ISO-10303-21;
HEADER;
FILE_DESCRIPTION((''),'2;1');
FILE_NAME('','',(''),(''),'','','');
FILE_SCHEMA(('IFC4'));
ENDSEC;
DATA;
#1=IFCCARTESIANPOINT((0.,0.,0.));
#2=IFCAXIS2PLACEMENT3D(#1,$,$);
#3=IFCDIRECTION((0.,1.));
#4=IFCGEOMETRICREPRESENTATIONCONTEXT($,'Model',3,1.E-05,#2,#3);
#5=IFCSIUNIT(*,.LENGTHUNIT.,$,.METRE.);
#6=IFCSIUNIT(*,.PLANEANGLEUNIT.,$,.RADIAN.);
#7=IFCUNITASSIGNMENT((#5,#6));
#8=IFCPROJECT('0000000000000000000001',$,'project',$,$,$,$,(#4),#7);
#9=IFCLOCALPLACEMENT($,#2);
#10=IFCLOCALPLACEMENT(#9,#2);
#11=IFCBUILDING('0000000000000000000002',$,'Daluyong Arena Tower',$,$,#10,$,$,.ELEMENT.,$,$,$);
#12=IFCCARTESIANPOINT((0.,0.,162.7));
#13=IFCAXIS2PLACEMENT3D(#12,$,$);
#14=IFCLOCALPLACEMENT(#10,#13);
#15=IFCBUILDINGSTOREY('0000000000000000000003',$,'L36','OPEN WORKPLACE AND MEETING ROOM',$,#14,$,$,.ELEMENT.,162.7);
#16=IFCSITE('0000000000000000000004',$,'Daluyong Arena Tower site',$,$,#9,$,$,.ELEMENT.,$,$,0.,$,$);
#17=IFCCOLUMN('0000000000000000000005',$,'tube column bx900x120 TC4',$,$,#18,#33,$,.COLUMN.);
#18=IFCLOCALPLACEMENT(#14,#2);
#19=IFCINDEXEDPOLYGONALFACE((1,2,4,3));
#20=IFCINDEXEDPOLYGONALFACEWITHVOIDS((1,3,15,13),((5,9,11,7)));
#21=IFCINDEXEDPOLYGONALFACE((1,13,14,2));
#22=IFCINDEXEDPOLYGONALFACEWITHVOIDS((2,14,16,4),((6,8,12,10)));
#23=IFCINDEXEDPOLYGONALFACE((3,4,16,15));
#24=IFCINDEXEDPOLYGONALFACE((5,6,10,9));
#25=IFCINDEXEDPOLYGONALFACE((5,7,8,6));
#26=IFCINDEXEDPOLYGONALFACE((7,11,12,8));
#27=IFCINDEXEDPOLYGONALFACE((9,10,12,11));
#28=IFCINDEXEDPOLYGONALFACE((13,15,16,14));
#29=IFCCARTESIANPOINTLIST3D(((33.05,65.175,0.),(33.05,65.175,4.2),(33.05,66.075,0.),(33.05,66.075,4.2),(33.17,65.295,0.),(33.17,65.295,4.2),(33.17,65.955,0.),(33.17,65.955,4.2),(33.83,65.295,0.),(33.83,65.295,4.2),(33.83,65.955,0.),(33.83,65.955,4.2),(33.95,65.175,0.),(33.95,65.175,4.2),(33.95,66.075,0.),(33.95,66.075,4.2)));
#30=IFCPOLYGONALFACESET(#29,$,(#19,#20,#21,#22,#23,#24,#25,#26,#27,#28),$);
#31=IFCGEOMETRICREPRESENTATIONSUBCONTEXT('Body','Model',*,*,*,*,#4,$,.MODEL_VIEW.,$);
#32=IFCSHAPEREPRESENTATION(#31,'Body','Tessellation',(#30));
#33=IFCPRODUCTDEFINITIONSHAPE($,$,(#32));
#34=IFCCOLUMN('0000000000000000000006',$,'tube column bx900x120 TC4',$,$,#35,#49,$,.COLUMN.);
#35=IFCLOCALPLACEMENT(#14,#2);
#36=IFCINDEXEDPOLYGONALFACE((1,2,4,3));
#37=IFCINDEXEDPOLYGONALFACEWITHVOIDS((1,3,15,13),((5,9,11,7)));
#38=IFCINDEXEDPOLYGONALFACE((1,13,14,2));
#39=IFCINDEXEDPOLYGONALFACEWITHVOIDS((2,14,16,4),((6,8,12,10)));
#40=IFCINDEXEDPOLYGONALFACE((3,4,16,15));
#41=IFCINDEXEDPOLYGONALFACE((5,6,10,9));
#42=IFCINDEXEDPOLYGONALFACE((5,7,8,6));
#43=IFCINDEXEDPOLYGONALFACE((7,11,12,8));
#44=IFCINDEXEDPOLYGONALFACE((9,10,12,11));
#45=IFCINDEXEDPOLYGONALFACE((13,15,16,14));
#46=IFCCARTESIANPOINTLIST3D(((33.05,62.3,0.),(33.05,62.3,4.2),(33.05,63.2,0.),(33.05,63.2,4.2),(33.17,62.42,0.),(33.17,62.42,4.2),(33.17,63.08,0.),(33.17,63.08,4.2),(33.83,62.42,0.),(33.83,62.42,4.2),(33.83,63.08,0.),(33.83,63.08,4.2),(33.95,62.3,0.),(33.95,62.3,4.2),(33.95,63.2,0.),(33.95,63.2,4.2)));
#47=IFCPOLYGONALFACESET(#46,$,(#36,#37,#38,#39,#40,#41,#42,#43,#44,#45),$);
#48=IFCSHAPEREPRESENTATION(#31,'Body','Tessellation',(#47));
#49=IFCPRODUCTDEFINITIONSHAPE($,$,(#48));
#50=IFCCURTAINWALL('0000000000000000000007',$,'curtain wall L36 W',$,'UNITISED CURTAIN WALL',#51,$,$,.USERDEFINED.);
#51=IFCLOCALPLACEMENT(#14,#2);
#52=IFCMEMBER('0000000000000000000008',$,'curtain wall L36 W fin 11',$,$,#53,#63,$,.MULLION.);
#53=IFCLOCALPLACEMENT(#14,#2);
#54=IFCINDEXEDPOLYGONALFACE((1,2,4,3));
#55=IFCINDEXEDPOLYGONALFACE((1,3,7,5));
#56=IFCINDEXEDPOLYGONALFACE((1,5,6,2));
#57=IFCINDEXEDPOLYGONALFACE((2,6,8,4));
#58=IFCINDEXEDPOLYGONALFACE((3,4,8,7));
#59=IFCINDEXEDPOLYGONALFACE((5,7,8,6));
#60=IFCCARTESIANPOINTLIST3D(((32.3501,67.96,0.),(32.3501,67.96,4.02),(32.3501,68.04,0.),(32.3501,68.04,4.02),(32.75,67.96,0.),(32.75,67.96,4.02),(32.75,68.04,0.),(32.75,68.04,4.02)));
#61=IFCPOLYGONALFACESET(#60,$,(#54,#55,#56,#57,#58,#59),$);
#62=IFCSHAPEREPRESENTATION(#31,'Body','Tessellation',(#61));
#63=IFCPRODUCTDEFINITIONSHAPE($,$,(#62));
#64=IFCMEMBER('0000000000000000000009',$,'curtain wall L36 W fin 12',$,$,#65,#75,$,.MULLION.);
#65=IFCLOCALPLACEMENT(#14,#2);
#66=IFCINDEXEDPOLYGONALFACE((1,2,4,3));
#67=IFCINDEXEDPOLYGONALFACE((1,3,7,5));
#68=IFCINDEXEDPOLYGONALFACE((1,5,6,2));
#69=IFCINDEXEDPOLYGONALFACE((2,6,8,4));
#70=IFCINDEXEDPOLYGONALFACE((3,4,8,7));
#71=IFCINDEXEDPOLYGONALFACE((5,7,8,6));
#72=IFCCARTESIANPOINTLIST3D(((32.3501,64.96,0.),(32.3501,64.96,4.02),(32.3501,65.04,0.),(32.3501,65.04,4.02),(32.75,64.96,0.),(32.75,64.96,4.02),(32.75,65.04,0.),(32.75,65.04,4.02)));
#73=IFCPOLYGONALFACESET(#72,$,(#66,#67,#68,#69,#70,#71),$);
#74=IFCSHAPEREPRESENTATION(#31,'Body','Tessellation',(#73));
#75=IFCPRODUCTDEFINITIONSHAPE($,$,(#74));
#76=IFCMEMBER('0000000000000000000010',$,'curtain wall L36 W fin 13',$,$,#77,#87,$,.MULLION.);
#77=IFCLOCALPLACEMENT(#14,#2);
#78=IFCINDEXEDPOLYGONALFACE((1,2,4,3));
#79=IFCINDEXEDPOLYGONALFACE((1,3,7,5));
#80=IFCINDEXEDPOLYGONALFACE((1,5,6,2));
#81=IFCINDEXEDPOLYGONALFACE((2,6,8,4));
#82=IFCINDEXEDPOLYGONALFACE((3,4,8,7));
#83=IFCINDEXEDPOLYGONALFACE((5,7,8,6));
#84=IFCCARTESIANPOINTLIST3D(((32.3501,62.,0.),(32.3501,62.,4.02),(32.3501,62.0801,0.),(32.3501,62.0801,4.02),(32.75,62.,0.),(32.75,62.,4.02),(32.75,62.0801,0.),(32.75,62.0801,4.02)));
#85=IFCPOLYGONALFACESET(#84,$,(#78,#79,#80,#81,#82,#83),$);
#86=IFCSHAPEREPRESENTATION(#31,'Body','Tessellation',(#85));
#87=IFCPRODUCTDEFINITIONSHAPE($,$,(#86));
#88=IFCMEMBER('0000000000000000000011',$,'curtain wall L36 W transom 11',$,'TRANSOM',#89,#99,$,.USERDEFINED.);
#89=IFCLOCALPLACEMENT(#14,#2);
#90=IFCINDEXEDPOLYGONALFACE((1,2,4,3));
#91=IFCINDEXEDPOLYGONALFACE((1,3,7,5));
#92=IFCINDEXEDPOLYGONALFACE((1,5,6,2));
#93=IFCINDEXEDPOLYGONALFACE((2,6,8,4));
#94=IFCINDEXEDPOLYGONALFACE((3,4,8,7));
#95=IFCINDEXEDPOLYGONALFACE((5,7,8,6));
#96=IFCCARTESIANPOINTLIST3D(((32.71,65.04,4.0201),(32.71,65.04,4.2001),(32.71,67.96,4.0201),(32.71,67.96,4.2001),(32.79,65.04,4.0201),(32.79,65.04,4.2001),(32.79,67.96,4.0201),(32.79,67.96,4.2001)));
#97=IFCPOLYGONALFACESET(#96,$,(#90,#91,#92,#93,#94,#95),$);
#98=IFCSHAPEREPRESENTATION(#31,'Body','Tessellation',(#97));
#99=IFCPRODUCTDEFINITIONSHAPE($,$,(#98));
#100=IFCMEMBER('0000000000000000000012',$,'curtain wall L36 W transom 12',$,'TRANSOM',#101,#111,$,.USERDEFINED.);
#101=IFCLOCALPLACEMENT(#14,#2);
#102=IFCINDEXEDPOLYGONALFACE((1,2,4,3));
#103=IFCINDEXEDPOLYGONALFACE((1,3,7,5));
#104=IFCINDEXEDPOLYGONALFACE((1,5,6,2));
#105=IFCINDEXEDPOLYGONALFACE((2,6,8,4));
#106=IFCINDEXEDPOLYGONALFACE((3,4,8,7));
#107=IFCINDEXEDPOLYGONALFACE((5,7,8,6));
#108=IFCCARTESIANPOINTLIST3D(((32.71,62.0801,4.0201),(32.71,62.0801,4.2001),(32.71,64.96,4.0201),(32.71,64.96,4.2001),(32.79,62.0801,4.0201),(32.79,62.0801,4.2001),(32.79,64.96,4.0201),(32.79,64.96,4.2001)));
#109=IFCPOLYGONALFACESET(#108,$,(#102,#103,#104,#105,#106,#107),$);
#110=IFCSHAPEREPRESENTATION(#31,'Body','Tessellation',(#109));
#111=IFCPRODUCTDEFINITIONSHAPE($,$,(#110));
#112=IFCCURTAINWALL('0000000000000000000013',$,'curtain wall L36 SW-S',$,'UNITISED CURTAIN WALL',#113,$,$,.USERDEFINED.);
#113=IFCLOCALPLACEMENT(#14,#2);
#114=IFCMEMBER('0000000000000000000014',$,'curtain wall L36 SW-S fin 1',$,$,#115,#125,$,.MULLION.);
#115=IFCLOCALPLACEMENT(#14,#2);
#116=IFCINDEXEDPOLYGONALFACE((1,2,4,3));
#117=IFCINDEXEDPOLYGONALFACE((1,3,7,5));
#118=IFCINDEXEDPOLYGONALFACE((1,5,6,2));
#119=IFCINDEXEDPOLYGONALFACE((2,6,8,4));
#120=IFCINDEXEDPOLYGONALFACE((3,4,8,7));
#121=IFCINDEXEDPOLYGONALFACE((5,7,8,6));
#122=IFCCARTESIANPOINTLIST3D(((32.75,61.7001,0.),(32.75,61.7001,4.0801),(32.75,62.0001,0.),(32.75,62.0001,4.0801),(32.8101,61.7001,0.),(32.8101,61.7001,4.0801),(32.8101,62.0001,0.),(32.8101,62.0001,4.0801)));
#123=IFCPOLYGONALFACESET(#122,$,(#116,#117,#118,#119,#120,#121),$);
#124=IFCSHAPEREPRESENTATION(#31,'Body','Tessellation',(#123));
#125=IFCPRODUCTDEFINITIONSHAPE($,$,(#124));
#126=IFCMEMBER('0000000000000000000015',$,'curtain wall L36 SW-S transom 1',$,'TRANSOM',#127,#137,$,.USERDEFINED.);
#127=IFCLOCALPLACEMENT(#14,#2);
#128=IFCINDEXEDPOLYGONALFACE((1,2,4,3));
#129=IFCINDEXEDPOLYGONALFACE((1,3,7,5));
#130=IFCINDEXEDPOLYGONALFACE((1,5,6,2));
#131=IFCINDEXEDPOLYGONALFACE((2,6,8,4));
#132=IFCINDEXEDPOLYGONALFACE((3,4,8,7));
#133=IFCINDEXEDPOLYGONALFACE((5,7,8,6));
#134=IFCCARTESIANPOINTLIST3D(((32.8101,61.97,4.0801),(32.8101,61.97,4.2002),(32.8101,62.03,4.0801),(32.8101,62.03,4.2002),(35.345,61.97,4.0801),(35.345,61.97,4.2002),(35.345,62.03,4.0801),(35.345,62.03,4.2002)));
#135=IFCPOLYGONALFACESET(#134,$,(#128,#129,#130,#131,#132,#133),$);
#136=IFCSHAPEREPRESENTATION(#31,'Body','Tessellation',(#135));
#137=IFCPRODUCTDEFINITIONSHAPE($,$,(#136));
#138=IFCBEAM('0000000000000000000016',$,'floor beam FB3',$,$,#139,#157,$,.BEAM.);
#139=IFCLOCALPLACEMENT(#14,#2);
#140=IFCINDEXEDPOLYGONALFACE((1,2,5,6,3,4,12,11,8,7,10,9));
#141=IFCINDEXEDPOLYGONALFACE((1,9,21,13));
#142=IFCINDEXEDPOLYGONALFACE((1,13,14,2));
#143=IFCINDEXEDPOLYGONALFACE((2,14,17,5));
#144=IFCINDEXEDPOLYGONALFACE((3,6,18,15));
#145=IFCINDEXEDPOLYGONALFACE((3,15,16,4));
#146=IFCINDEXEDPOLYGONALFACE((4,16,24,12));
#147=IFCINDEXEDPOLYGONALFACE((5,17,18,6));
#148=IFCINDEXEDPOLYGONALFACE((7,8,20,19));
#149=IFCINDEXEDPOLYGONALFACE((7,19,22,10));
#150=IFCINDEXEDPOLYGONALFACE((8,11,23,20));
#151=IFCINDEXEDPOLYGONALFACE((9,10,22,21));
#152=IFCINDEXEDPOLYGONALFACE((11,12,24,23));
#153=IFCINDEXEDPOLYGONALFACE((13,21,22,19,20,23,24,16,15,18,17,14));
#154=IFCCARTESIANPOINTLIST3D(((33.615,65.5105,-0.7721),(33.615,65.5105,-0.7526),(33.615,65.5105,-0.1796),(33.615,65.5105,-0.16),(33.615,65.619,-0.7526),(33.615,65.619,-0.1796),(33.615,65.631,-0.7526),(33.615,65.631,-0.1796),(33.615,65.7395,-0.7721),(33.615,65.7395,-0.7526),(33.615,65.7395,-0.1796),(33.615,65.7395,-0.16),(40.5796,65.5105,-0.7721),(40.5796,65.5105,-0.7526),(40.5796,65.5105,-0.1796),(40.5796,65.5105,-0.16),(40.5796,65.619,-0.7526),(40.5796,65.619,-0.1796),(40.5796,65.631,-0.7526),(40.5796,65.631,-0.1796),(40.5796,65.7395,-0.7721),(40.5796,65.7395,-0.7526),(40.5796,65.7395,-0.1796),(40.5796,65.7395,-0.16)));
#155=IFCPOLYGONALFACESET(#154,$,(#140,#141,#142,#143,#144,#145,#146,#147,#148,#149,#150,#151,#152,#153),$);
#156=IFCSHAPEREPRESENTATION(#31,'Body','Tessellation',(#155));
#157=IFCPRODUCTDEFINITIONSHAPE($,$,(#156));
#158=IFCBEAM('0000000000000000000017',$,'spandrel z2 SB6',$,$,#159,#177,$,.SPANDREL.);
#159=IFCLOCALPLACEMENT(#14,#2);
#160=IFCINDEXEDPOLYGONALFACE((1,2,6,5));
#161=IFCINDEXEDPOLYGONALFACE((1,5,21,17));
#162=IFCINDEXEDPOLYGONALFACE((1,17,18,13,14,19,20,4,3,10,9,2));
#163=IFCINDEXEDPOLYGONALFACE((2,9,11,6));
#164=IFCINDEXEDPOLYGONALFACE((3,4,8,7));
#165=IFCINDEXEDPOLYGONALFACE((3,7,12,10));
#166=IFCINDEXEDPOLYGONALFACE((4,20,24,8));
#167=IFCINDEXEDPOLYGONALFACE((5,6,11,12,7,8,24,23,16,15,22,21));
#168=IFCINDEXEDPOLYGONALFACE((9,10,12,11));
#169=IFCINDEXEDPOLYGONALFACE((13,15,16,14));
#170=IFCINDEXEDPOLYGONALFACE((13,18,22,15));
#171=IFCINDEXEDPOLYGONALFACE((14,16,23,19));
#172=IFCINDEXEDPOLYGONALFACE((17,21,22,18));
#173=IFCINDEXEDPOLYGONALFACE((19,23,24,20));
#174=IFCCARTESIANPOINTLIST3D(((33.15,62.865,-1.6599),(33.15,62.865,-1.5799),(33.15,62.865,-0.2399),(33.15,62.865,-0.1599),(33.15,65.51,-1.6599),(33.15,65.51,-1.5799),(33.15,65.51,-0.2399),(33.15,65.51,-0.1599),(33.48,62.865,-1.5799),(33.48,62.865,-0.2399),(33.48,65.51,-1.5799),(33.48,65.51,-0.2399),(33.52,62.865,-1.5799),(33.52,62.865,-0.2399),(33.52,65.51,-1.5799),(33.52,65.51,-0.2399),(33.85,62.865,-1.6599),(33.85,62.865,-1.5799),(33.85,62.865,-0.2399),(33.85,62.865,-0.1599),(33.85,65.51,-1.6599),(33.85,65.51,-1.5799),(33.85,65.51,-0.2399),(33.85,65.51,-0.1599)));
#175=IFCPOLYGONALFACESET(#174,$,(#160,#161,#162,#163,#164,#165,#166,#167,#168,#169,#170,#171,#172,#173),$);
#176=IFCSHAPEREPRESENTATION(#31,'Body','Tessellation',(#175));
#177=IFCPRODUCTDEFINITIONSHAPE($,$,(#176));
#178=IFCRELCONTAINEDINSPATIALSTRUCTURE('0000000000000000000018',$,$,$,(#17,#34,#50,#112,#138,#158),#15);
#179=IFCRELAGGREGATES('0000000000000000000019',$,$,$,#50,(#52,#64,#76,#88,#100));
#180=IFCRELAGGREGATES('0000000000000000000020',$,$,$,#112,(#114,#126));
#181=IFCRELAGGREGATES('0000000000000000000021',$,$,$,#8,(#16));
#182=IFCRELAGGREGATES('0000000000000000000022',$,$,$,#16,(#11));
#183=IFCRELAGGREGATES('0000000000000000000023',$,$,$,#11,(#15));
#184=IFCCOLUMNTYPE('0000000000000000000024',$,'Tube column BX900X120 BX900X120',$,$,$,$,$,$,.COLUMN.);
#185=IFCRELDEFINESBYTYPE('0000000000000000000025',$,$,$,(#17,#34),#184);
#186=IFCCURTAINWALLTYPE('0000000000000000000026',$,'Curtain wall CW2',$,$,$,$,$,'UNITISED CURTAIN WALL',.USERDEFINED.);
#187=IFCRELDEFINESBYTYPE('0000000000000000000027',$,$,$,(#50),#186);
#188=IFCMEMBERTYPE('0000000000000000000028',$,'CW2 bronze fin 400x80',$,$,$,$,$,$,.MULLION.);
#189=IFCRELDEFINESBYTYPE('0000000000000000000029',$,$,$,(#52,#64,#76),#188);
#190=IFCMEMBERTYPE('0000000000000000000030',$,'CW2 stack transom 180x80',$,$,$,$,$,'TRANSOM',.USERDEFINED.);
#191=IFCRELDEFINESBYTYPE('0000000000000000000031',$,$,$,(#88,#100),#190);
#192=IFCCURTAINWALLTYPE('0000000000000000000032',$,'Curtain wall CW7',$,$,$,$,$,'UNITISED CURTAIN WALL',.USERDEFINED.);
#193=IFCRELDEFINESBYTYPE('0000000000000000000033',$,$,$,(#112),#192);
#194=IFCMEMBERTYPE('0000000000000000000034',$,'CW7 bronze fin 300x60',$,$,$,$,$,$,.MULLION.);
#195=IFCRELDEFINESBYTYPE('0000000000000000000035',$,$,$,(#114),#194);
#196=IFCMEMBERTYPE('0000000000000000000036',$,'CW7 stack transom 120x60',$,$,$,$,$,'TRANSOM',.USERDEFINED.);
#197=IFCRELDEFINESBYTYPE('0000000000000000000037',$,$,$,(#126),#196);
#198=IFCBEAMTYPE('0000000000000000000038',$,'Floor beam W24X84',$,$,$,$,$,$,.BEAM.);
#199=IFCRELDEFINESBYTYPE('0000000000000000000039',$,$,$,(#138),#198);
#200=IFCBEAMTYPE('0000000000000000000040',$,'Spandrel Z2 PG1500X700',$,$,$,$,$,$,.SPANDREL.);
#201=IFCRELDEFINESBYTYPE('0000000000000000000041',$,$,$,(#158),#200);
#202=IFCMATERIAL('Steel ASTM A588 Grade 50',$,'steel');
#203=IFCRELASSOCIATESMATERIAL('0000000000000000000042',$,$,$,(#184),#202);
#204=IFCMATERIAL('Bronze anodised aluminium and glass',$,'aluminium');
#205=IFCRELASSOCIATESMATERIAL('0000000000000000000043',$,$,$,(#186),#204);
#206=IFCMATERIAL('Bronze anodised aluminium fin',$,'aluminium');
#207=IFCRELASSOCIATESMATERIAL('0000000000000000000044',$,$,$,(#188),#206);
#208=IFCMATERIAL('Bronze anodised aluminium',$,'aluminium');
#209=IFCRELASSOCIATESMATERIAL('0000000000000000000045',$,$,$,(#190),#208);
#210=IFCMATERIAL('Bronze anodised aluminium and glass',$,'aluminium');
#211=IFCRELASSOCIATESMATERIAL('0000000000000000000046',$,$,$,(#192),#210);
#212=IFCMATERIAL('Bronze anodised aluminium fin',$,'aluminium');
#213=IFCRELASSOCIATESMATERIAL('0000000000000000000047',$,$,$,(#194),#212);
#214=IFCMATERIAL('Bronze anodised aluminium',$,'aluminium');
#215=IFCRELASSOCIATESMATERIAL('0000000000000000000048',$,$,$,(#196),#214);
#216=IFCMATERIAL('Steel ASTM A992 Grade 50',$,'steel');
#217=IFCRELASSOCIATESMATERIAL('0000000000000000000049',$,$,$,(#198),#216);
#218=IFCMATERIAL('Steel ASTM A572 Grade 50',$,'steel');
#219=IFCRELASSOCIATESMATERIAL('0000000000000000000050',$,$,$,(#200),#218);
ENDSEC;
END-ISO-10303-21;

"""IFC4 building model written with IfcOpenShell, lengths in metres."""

from ifc_helpers import new_model, si_unit, direction, frame, origin, origin_2d, place, context, subcontext, project, spatial, rectangle, hollow_rectangle, i_section, extrude, material, material_profile, profile_set, type_object, element, aggregate, save


model = new_model("IFC4")

# Units and contexts
model_context = context("Model", 3, precision=1e-05, world=origin(), true_north=direction((0.0, 1.0)))
body_context = subcontext(model_context, "Body", "Model", "MODEL_VIEW")
ifc_project = project(units=[si_unit("LENGTHUNIT", "METRE"), si_unit("PLANEANGLEUNIT", "RADIAN")], contexts=[model_context])

# Site, building, storey
site_placement = place(None, origin())
site = spatial("IfcSite", under=ifc_project, at=site_placement, Name="Daluyong Arena Tower site", CompositionType="ELEMENT", RefElevation=0.0)
building_placement = place(site_placement, origin())
building = spatial("IfcBuilding", under=site, at=building_placement, Name="Daluyong Arena Tower", CompositionType="ELEMENT")
storey_placement = place(building_placement, frame((0.0, 0.0, 162.7)))
storey = spatial("IfcBuildingStorey", under=building, at=storey_placement, Name="L36", Description="OPEN WORKPLACE AND MEETING ROOM", CompositionType="ELEMENT", Elevation=162.7)

# Columns
ifc_material_1 = material(Name="Steel ASTM A588 Grade 50", Category="steel")
ifc_material_profile_1 = material_profile(ifc_material_1, hollow_rectangle(XDim=0.8999, YDim=0.8999, WallThickness=0.12, at=origin_2d()))
ifc_profile_set_1 = profile_set([ifc_material_profile_1], Name="Steel ASTM A588 Grade 50")
column_type = type_object("IfcColumnType", Name="Tube column BX900X120 BX900X120", PredefinedType="COLUMN", material=ifc_profile_set_1)
for number, where, z_axis, x_axis, name in (
    (1, (33.5, 65.625, 0.0), (0.0, 0.0, 1.0), (0.0, 1.0, 0.0), "tube column bx900x120 TC4"),
    (2, (33.5, 62.75, 0.0), (0.0, 0.0, 1.0), (1.0, 0.0, 0.0), "tube column bx900x120 TC4"),
):
    element("IfcColumn", number, at=place(storey_placement, frame(where, z_axis=z_axis, x_axis=x_axis)), inside=storey, type_object=column_type, Name=name, PredefinedType="COLUMN", context=body_context, shape_type="SweptSolid", body=[
        extrude(hollow_rectangle(XDim=0.8999, YDim=0.8999, WallThickness=0.12, at=origin_2d()), origin(), (0.0, 0.0, 1.0), 4.2),
    ])

# Curtain walls, members
ifc_material_2 = material(Name="Bronze anodised aluminium and glass", Category="aluminium")
curtain_wall_type_1 = type_object("IfcCurtainWallType", Name="Curtain wall CW2", ElementType="UNITISED CURTAIN WALL", PredefinedType="USERDEFINED", material=ifc_material_2)
curtain_wall_1_placement = place(storey_placement, origin())
curtain_wall_1 = element("IfcCurtainWall", 3, at=curtain_wall_1_placement, inside=storey, type_object=curtain_wall_type_1, Name="curtain wall L36 W", ObjectType="UNITISED CURTAIN WALL", PredefinedType="USERDEFINED")
ifc_material_3 = material(Name="Bronze anodised aluminium fin", Category="aluminium")
ifc_material_profile_2 = material_profile(ifc_material_3, rectangle(XDim=0.3999, YDim=0.0801, at=origin_2d()))
ifc_profile_set_2 = profile_set([ifc_material_profile_2], Name="Bronze anodised aluminium fin")
member_type_1 = type_object("IfcMemberType", Name="CW2 bronze fin 400x80", PredefinedType="MULLION", material=ifc_profile_set_2)
member_1_placement = place(storey_placement, frame((32.55, 68.0, 0.0), z_axis=(0.0, 0.0, 1.0), x_axis=(1.0, 0.0, 0.0)))
member_1 = element("IfcMember", 4, at=member_1_placement, type_object=member_type_1, Name="curtain wall L36 W fin 11", PredefinedType="MULLION", context=body_context, shape_type="SweptSolid", body=[
    extrude(rectangle(XDim=0.3999, YDim=0.0801, at=origin_2d()), origin(), (0.0, 0.0, 1.0), 4.02),
])
member_2_placement = place(storey_placement, frame((32.55, 65.0, 0.0), z_axis=(0.0, 0.0, 1.0), x_axis=(1.0, 0.0, 0.0)))
member_2 = element("IfcMember", 5, at=member_2_placement, type_object=member_type_1, Name="curtain wall L36 W fin 12", PredefinedType="MULLION", context=body_context, shape_type="SweptSolid", body=[
    extrude(rectangle(XDim=0.3999, YDim=0.0801, at=origin_2d()), origin(), (0.0, 0.0, 1.0), 4.02),
])
member_3_placement = place(storey_placement, frame((32.55, 62.04, 0.0), z_axis=(0.0, 0.0, 1.0), x_axis=(1.0, 0.0, 0.0)))
member_3 = element("IfcMember", 6, at=member_3_placement, type_object=member_type_1, Name="curtain wall L36 W fin 13", PredefinedType="MULLION", context=body_context, shape_type="SweptSolid", body=[
    extrude(rectangle(XDim=0.3999, YDim=0.0801, at=origin_2d()), origin(), (0.0, 0.0, 1.0), 4.02),
])
ifc_material_4 = material(Name="Bronze anodised aluminium", Category="aluminium")
ifc_material_profile_3 = material_profile(ifc_material_4, rectangle(XDim=0.0801, YDim=0.1799, at=origin_2d()))
ifc_profile_set_3 = profile_set([ifc_material_profile_3], Name="Bronze anodised aluminium")
member_type_2 = type_object("IfcMemberType", Name="CW2 stack transom 180x80", ElementType="TRANSOM", PredefinedType="USERDEFINED", material=ifc_profile_set_3)
member_4_placement = place(storey_placement, frame((32.75, 67.96, 4.1101), z_axis=(0.0, -1.0, 0.0), x_axis=(1.0, 0.0, 0.0)))
member_4 = element("IfcMember", 7, at=member_4_placement, type_object=member_type_2, Name="curtain wall L36 W transom 11", ObjectType="TRANSOM", PredefinedType="USERDEFINED", context=body_context, shape_type="SweptSolid", body=[
    extrude(rectangle(XDim=0.0801, YDim=0.1799, at=origin_2d()), origin(), (0.0, 0.0, 1.0), 2.9199),
])
member_5_placement = place(storey_placement, frame((32.75, 64.96, 4.1101), z_axis=(0.0, -1.0, 0.0), x_axis=(1.0, 0.0, 0.0)))
member_5 = element("IfcMember", 8, at=member_5_placement, type_object=member_type_2, Name="curtain wall L36 W transom 12", ObjectType="TRANSOM", PredefinedType="USERDEFINED", context=body_context, shape_type="SweptSolid", body=[
    extrude(rectangle(XDim=0.0801, YDim=0.1799, at=origin_2d()), origin(), (0.0, 0.0, 1.0), 2.8799),
])
ifc_material_5 = material(Name="Bronze anodised aluminium and glass", Category="aluminium")
curtain_wall_type_2 = type_object("IfcCurtainWallType", Name="Curtain wall CW7", ElementType="UNITISED CURTAIN WALL", PredefinedType="USERDEFINED", material=ifc_material_5)
curtain_wall_2_placement = place(storey_placement, origin())
curtain_wall_2 = element("IfcCurtainWall", 9, at=curtain_wall_2_placement, inside=storey, type_object=curtain_wall_type_2, Name="curtain wall L36 SW-S", ObjectType="UNITISED CURTAIN WALL", PredefinedType="USERDEFINED")
ifc_material_6 = material(Name="Bronze anodised aluminium fin", Category="aluminium")
ifc_material_profile_4 = material_profile(ifc_material_6, rectangle(XDim=0.3, YDim=0.0601, at=origin_2d()))
ifc_profile_set_4 = profile_set([ifc_material_profile_4], Name="Bronze anodised aluminium fin")
member_type_3 = type_object("IfcMemberType", Name="CW7 bronze fin 300x60", PredefinedType="MULLION", material=ifc_profile_set_4)
member_6_placement = place(storey_placement, frame((32.78, 61.8501, 0.0), z_axis=(0.0, 0.0, 1.0), x_axis=(0.0, 1.0, 0.0)))
member_6 = element("IfcMember", 10, at=member_6_placement, type_object=member_type_3, Name="curtain wall L36 SW-S fin 1", PredefinedType="MULLION", context=body_context, shape_type="SweptSolid", body=[
    extrude(rectangle(XDim=0.3, YDim=0.0601, at=origin_2d()), origin(), (0.0, 0.0, 1.0), 4.0801),
])
ifc_material_7 = material(Name="Bronze anodised aluminium", Category="aluminium")
ifc_material_profile_5 = material_profile(ifc_material_7, rectangle(XDim=0.0601, YDim=0.1201, at=origin_2d()))
ifc_profile_set_5 = profile_set([ifc_material_profile_5], Name="Bronze anodised aluminium")
member_type_4 = type_object("IfcMemberType", Name="CW7 stack transom 120x60", ElementType="TRANSOM", PredefinedType="USERDEFINED", material=ifc_profile_set_5)
member_7_placement = place(storey_placement, frame((32.8101, 62.0, 4.1401), z_axis=(1.0, 0.0, 0.0), x_axis=(0.0, 1.0, 0.0)))
member_7 = element("IfcMember", 11, at=member_7_placement, type_object=member_type_4, Name="curtain wall L36 SW-S transom 1", ObjectType="TRANSOM", PredefinedType="USERDEFINED", context=body_context, shape_type="SweptSolid", body=[
    extrude(rectangle(XDim=0.0601, YDim=0.1201, at=origin_2d()), origin(), (0.0, 0.0, 1.0), 2.5349),
])

# Beams
ifc_material_8 = material(Name="Steel ASTM A992 Grade 50", Category="steel")
ifc_material_profile_6 = material_profile(ifc_material_8, i_section(OverallWidth=0.229, OverallDepth=0.6121, WebThickness=0.012, FlangeThickness=0.0195, at=origin_2d()))
ifc_profile_set_6 = profile_set([ifc_material_profile_6], Name="Steel ASTM A992 Grade 50")
beam_type_1 = type_object("IfcBeamType", Name="Floor beam W24X84", PredefinedType="BEAM", material=ifc_profile_set_6)
beam_1_placement = place(storey_placement, frame((33.615, 65.625, -0.4661), z_axis=(1.0, 0.0, 0.0), x_axis=(0.0, 1.0, 0.0)))
element("IfcBeam", 12, at=beam_1_placement, inside=storey, type_object=beam_type_1, Name="floor beam FB3", PredefinedType="BEAM", context=body_context, shape_type="SweptSolid", body=[
    extrude(i_section(OverallWidth=0.229, OverallDepth=0.6121, WebThickness=0.012, FlangeThickness=0.0195, at=origin_2d()), origin(), (0.0, 0.0, 1.0), 6.9646),
])
ifc_material_9 = material(Name="Steel ASTM A572 Grade 50", Category="steel")
ifc_material_profile_7 = material_profile(ifc_material_9, i_section(OverallWidth=0.7, OverallDepth=1.5, WebThickness=0.04, FlangeThickness=0.08, at=origin_2d()))
ifc_profile_set_7 = profile_set([ifc_material_profile_7], Name="Steel ASTM A572 Grade 50")
beam_type_2 = type_object("IfcBeamType", Name="Spandrel Z2 PG1500X700", PredefinedType="SPANDREL", material=ifc_profile_set_7)
beam_2_placement = place(storey_placement, frame((33.5, 65.51, -0.9099), z_axis=(0.0, -1.0, 0.0), x_axis=(1.0, 0.0, 0.0)))
element("IfcBeam", 13, at=beam_2_placement, inside=storey, type_object=beam_type_2, Name="spandrel z2 SB6", PredefinedType="SPANDREL", context=body_context, shape_type="SweptSolid", body=[
    extrude(i_section(OverallWidth=0.7, OverallDepth=1.5, WebThickness=0.04, FlangeThickness=0.08, at=origin_2d()), origin(), (0.0, 0.0, 1.0), 2.645),
])

aggregate(curtain_wall_1, [member_1, member_2, member_3, member_4, member_5])
aggregate(curtain_wall_2, [member_6, member_7])

save(model, "model.ifc")
